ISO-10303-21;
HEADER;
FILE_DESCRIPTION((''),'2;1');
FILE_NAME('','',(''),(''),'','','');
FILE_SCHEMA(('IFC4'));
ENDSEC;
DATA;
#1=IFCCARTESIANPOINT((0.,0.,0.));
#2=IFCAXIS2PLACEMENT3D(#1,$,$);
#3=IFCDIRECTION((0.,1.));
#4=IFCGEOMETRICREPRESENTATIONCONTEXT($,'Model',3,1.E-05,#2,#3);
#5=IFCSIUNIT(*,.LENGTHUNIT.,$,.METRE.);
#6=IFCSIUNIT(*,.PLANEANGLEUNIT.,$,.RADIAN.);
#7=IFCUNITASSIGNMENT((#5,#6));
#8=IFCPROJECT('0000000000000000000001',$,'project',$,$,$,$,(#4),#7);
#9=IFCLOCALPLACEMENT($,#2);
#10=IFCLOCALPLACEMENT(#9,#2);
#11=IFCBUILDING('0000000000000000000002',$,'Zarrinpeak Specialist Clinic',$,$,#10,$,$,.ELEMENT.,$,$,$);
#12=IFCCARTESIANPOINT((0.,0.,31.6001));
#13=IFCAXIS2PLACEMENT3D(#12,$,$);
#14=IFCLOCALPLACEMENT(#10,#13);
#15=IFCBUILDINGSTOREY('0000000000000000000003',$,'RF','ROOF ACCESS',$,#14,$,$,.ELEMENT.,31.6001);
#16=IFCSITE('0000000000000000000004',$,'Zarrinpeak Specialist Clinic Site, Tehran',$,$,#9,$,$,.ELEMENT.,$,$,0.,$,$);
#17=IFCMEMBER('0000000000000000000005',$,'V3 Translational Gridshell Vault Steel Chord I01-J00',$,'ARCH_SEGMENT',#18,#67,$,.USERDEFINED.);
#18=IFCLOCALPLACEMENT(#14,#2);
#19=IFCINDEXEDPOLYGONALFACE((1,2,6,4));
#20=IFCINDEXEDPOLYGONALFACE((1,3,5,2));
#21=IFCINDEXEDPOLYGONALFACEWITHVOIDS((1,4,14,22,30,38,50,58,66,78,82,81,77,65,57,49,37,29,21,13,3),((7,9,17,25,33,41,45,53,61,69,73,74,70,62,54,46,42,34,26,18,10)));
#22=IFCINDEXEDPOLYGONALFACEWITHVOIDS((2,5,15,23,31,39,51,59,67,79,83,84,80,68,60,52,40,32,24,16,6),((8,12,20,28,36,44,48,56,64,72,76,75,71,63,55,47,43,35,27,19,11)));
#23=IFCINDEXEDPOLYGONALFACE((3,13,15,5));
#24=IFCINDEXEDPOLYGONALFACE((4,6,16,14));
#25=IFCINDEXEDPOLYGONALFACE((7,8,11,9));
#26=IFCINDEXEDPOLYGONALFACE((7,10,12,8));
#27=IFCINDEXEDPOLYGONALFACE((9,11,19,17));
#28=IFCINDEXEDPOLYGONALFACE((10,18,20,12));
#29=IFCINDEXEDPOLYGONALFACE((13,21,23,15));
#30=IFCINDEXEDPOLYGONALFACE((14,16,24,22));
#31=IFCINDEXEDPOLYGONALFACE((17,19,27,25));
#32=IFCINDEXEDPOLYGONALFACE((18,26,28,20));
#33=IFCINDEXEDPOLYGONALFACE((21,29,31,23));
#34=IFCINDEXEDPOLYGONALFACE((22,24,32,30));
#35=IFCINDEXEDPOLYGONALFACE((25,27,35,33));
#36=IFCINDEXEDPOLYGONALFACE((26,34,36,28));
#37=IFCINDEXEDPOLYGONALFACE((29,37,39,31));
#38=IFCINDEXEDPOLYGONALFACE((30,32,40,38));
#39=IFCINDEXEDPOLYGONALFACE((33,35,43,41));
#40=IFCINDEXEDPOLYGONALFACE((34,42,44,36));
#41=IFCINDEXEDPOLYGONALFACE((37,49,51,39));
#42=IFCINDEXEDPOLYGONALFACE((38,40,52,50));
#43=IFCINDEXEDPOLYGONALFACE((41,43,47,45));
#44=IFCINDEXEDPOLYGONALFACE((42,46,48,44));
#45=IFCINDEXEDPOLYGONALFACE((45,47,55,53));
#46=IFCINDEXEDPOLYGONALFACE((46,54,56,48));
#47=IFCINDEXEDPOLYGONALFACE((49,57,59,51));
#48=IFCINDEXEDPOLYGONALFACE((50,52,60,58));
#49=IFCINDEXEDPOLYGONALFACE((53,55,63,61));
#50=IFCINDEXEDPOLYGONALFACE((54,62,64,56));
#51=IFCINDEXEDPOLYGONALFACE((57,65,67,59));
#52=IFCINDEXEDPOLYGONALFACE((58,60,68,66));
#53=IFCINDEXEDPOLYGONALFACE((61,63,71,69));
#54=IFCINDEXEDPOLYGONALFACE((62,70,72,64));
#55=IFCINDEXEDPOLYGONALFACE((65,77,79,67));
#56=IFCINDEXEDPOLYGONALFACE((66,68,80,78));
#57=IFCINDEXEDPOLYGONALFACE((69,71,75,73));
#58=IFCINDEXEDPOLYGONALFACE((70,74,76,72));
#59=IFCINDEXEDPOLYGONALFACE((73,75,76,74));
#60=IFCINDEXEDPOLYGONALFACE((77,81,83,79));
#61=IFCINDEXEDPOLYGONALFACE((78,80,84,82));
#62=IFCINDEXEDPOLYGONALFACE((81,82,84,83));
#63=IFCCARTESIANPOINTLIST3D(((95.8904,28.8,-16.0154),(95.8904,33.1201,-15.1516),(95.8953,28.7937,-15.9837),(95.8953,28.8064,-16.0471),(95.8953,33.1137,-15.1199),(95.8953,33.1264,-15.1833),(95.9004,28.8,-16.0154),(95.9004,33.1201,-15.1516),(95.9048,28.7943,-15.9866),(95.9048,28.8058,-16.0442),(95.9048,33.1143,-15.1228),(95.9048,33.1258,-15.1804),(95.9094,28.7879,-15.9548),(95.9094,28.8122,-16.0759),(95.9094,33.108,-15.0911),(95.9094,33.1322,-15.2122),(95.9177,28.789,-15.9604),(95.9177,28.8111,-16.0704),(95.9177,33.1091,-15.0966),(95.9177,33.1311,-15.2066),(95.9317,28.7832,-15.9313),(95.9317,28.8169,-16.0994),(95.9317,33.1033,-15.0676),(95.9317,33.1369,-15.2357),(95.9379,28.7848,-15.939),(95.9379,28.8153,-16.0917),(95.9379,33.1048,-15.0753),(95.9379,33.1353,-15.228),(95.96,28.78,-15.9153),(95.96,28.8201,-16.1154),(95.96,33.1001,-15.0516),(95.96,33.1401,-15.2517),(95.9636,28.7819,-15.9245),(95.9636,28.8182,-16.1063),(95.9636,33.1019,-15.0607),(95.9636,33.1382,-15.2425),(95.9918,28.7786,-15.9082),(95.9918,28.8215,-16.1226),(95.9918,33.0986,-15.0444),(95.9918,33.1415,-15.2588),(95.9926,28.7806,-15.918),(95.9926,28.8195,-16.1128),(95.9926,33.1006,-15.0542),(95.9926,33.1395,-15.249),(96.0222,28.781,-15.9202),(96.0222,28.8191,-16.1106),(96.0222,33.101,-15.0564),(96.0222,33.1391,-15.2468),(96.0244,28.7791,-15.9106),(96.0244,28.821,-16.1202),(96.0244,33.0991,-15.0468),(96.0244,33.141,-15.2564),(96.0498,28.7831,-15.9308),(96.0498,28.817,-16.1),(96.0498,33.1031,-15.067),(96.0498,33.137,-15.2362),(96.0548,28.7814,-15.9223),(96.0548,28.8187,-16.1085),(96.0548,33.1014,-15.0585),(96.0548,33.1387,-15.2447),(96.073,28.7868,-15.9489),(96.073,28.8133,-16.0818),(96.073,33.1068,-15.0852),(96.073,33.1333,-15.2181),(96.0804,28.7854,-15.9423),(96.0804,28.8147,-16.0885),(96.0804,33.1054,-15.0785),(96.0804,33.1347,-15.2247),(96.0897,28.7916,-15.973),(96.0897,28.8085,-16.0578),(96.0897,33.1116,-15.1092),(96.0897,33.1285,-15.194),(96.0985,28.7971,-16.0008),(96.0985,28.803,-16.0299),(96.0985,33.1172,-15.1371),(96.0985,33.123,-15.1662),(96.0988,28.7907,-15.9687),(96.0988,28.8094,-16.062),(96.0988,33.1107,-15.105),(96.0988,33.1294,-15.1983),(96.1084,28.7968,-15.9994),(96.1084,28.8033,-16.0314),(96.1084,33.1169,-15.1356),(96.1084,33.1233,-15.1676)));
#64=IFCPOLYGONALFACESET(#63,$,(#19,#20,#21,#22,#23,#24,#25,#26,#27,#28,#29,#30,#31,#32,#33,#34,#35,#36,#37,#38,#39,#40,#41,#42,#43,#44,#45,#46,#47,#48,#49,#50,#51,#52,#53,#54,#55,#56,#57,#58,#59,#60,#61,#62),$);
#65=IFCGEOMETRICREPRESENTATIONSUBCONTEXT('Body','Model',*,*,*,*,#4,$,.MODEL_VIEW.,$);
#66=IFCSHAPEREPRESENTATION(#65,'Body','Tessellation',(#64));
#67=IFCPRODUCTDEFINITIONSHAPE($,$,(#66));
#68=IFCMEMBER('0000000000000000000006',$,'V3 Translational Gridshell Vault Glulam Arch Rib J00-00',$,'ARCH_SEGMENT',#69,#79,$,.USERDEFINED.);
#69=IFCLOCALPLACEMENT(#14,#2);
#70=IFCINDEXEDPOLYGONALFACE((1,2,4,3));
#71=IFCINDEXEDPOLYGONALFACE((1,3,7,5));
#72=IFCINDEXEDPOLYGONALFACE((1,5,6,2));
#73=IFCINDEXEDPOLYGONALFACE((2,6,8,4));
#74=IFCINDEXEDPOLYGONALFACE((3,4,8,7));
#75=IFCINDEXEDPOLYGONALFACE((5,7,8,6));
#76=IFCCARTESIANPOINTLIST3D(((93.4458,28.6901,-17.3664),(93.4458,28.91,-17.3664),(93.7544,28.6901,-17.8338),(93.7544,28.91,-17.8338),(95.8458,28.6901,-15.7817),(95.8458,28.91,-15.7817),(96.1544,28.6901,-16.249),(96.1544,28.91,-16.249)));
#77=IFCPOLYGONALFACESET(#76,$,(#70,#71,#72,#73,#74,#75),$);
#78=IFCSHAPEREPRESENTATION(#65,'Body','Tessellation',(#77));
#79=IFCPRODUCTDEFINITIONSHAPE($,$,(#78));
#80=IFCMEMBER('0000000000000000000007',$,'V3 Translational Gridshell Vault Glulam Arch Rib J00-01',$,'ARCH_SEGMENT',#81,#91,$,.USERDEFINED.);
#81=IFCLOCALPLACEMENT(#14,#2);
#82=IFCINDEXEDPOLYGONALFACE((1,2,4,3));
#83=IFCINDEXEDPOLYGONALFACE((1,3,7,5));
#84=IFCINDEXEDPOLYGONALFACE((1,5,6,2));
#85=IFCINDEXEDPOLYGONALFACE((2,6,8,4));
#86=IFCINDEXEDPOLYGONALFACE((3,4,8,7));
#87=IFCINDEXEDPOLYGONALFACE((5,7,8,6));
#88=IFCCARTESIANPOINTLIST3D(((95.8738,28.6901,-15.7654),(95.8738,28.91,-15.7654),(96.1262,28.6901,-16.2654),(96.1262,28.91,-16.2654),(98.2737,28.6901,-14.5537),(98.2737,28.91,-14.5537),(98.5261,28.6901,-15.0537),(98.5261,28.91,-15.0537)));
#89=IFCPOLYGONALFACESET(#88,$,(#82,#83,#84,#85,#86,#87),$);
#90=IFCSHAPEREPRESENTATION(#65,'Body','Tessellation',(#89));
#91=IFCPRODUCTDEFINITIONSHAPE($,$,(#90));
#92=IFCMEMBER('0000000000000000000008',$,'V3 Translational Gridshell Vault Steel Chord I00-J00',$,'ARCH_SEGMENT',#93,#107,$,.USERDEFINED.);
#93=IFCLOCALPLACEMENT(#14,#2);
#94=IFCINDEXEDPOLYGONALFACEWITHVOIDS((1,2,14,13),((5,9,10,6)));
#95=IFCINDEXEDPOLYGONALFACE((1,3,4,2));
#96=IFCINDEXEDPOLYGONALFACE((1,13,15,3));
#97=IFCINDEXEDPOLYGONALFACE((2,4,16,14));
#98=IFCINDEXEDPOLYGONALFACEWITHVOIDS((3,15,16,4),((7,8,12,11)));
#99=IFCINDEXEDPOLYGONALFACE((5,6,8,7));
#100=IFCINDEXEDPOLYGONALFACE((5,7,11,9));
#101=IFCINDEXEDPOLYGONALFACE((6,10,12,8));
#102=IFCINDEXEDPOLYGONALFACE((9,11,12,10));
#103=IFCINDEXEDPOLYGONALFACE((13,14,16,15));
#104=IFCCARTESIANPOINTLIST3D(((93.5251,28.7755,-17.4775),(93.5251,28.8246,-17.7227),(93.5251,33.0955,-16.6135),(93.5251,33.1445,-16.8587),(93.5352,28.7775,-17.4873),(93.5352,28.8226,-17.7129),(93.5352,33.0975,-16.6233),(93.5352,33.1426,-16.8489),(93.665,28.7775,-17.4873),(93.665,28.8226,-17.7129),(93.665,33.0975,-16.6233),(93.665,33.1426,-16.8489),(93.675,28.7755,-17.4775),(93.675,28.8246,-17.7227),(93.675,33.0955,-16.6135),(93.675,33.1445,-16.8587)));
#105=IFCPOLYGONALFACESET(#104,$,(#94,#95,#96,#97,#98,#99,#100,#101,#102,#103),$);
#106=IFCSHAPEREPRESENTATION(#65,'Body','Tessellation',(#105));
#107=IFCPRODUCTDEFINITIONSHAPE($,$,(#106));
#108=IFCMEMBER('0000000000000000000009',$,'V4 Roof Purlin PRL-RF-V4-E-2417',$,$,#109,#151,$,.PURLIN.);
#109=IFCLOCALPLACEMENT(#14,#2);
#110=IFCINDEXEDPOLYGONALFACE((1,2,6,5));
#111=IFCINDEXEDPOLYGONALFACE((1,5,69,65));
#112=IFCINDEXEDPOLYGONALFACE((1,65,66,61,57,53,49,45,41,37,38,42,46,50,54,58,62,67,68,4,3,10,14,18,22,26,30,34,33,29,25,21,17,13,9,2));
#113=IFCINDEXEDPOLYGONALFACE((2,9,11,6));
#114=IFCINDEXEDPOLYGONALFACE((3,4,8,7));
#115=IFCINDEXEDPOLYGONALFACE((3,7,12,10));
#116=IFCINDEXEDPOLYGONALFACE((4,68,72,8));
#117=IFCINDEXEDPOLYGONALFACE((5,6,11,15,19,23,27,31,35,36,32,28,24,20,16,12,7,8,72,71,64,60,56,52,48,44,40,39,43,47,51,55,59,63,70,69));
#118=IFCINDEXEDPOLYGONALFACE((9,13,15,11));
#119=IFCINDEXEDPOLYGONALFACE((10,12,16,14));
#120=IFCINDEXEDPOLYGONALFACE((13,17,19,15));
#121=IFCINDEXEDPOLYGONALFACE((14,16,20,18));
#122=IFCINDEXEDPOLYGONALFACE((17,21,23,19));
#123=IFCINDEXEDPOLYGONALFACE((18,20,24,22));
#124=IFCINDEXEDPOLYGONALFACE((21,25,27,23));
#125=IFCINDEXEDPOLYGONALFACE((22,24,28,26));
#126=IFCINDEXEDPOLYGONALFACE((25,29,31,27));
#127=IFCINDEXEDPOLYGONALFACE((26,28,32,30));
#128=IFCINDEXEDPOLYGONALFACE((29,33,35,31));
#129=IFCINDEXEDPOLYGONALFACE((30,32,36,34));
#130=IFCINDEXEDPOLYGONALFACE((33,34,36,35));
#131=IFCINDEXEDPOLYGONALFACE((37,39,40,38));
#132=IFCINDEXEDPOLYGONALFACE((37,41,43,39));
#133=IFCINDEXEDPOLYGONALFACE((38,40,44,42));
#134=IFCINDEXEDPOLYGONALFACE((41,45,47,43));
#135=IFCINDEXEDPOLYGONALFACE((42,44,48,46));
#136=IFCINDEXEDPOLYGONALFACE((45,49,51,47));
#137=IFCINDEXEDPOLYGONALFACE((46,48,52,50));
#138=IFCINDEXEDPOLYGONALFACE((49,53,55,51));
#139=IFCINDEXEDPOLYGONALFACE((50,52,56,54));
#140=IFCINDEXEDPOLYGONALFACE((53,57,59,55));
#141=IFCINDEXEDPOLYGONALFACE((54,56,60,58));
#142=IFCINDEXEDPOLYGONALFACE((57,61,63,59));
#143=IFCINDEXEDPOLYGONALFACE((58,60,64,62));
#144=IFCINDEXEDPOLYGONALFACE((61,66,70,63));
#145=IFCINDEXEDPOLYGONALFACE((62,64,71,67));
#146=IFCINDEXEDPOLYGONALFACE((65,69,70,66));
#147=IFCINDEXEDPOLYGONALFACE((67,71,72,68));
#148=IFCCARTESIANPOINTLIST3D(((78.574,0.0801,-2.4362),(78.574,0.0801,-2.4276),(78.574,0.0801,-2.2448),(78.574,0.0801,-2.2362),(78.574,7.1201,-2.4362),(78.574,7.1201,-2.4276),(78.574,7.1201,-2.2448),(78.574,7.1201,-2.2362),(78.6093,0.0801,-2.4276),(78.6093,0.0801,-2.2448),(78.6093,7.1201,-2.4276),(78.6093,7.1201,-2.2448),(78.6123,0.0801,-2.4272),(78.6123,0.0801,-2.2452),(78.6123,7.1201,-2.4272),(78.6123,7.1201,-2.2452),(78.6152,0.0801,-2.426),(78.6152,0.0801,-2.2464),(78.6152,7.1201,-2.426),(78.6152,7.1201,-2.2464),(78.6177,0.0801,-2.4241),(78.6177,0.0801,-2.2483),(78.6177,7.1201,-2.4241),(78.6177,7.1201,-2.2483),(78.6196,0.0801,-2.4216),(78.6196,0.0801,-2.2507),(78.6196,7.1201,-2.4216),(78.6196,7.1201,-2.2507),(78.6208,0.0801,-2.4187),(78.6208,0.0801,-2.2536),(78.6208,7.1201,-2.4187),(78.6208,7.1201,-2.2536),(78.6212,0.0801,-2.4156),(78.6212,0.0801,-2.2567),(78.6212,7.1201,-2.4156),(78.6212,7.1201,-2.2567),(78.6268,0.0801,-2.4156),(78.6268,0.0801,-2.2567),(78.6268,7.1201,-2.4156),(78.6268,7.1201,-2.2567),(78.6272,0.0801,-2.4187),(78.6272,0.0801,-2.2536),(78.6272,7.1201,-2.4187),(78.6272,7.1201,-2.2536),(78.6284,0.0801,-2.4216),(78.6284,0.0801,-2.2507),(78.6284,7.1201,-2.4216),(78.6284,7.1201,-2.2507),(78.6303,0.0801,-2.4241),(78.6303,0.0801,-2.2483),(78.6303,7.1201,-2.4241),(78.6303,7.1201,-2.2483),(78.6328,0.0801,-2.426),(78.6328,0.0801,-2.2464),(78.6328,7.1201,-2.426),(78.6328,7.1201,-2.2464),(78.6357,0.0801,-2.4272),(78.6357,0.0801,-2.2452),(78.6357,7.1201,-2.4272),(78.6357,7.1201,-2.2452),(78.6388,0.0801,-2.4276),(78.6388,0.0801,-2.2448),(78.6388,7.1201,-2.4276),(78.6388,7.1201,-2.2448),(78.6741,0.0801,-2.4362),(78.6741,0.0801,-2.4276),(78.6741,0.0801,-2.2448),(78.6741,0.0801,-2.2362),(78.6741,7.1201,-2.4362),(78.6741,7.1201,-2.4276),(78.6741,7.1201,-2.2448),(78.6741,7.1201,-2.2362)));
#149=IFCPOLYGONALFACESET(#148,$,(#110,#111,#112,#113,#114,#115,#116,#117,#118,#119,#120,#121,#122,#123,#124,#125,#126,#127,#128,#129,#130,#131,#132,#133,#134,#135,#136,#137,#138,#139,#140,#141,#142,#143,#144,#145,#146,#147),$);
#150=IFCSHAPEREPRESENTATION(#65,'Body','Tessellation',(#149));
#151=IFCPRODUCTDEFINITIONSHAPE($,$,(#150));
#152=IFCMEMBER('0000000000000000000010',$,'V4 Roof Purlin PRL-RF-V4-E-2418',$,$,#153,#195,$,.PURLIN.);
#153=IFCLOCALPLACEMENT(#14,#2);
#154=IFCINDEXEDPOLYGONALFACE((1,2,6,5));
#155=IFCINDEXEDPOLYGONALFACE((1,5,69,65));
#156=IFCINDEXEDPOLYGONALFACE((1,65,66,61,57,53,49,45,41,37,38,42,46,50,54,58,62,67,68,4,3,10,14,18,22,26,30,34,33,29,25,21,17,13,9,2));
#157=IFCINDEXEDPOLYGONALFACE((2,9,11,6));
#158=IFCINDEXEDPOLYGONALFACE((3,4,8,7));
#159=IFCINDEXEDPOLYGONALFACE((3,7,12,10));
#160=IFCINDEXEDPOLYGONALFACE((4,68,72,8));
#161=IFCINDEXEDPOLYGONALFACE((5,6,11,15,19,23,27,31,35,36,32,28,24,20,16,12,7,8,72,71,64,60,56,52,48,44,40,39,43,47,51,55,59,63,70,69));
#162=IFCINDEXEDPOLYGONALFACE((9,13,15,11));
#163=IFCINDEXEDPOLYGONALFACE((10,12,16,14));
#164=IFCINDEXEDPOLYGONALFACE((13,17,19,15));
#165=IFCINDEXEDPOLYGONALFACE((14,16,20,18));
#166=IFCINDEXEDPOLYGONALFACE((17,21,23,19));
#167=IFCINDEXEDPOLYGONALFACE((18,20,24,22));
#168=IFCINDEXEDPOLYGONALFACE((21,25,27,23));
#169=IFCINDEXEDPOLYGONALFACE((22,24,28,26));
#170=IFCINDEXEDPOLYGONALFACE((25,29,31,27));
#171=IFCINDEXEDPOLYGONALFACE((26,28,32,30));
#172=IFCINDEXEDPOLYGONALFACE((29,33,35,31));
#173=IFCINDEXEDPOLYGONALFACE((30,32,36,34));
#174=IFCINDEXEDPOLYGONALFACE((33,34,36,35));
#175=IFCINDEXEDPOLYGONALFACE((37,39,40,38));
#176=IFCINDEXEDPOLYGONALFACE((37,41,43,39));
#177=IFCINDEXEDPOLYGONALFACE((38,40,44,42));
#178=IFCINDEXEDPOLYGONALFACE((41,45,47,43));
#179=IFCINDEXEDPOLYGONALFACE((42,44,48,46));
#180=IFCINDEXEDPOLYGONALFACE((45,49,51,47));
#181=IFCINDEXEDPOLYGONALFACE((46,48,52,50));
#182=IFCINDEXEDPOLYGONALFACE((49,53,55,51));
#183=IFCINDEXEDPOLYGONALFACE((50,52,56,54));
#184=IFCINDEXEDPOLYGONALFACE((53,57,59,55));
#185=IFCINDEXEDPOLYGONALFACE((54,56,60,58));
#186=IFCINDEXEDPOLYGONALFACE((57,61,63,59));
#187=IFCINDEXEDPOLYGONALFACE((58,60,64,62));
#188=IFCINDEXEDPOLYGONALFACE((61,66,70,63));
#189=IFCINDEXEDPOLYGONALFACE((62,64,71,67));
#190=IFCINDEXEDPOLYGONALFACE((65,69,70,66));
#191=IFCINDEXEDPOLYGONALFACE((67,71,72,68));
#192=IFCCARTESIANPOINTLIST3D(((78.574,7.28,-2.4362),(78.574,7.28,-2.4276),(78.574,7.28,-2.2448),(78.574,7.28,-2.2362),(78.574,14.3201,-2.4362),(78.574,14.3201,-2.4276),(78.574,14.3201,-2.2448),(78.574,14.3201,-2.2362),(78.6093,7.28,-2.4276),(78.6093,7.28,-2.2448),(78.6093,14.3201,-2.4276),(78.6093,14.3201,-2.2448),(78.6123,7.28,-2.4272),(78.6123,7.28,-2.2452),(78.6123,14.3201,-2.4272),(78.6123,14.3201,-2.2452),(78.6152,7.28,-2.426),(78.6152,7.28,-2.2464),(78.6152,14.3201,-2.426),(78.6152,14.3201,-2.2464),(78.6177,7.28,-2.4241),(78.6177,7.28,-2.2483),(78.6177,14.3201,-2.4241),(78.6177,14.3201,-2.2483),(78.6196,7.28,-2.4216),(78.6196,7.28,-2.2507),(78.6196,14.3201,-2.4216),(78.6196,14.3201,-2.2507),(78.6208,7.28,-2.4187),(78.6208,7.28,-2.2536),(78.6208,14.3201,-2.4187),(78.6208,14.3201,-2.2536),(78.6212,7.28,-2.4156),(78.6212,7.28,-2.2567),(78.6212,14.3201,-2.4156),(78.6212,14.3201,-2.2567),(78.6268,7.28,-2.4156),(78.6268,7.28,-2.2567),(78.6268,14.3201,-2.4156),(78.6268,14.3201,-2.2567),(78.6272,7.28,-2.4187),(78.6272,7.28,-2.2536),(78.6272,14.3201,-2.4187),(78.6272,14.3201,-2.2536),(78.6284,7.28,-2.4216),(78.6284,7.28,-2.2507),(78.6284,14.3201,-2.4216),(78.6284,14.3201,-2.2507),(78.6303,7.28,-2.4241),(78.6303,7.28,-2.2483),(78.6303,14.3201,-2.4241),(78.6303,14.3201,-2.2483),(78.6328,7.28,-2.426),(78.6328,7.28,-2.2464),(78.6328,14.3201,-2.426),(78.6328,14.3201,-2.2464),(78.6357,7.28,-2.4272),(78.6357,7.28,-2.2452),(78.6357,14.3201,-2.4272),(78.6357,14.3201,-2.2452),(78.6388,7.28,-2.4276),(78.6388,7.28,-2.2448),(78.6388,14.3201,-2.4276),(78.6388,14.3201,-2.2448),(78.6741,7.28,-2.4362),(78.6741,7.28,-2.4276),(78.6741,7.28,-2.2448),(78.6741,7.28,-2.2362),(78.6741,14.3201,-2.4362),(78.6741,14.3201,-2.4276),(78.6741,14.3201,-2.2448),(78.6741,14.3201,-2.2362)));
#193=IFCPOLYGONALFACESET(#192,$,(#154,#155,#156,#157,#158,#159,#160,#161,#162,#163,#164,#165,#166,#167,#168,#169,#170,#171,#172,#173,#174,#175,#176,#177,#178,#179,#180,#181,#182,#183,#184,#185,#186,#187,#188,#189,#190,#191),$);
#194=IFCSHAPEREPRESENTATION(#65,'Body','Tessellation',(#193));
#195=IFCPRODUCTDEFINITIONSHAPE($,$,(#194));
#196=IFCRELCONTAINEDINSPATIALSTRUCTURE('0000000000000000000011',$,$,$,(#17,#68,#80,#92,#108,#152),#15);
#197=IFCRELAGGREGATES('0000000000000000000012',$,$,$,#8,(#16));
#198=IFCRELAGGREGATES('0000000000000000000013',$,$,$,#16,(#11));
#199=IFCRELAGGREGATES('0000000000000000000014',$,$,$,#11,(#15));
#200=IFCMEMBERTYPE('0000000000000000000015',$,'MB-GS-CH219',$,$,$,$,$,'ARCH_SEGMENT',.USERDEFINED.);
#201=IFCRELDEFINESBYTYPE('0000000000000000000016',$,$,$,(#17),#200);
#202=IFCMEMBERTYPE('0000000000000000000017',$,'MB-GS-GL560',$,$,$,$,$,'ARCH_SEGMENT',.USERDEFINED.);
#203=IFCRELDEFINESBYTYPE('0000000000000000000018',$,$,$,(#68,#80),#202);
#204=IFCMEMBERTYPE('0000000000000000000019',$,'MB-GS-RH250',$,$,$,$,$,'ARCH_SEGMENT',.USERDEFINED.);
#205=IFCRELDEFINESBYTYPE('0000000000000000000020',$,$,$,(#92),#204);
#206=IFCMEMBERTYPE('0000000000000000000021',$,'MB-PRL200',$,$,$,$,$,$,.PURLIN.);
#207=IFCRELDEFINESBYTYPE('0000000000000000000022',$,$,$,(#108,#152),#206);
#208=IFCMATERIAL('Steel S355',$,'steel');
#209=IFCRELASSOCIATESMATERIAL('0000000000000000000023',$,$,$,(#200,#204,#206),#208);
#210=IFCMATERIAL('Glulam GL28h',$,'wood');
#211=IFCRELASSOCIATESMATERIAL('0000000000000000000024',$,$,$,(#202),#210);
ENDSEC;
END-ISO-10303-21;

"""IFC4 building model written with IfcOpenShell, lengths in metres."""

from ifc_helpers import new_model, si_unit, direction, frame, origin, origin_2d, place, context, subcontext, project, spatial, rectangle, hollow_rectangle, hollow_circle, i_section, extrude, material, material_profile, profile_set, type_object, element, save


model = new_model("IFC4")

# Units and contexts
model_context = context("Model", 3, precision=1e-05, world=origin(), true_north=direction((0.0, 1.0)))
body_context = subcontext(model_context, "Body", "Model", "MODEL_VIEW")
ifc_project = project(units=[si_unit("LENGTHUNIT", "METRE"), si_unit("PLANEANGLEUNIT", "RADIAN")], contexts=[model_context])

# Site, building, storey
site_placement = place(None, origin())
site = spatial("IfcSite", under=ifc_project, at=site_placement, Name="Zarrinpeak Specialist Clinic Site, Tehran", CompositionType="ELEMENT", RefElevation=0.0)
building_placement = place(site_placement, origin())
building = spatial("IfcBuilding", under=site, at=building_placement, Name="Zarrinpeak Specialist Clinic", CompositionType="ELEMENT")
storey_placement = place(building_placement, frame((0.0, 0.0, 31.6001)))
storey = spatial("IfcBuildingStorey", under=building, at=storey_placement, Name="RF", Description="ROOF ACCESS", CompositionType="ELEMENT", Elevation=31.6001)

# Shared definitions
ifc_material_1 = material(Name="Steel S355", Category="steel")

# Members
ifc_material_profile_1 = material_profile(ifc_material_1, hollow_circle(Radius=0.1096, WallThickness=0.01, at=origin_2d()), Name="CHS 219.1x10.0")
ifc_profile_set_1 = profile_set([ifc_material_profile_1], Name="Steel S355")
member_type_1 = type_object("IfcMemberType", Name="MB-GS-CH219", ElementType="ARCH_SEGMENT", PredefinedType="USERDEFINED", material=ifc_profile_set_1)
member_1_placement = place(storey_placement, frame((96.0, 28.8, -16.0154), z_axis=(0.0, 0.980591, 0.196063), x_axis=(-1.0, 0.0, 0.0)))
element("IfcMember", 1, at=member_1_placement, inside=storey, type_object=member_type_1, Name="V3 Translational Gridshell Vault Steel Chord I01-J00", ObjectType="ARCH_SEGMENT", PredefinedType="USERDEFINED", context=body_context, shape_type="SweptSolid", body=[
    extrude(hollow_circle(Radius=0.1096, WallThickness=0.01, at=origin_2d()), origin(), (0.0, 0.0, 1.0), 4.4055),
])
ifc_material_2 = material(Name="Glulam GL28h", Category="wood")
ifc_material_profile_2 = material_profile(ifc_material_2, rectangle(XDim=0.22, YDim=0.5601, at=origin_2d()), Name="GL28h 220x560")
ifc_profile_set_2 = profile_set([ifc_material_profile_2], Name="Glulam GL28h")
member_type_2 = type_object("IfcMemberType", Name="MB-GS-GL560", ElementType="ARCH_SEGMENT", PredefinedType="USERDEFINED", material=ifc_profile_set_2)
member_2_placement = place(storey_placement, frame((93.6001, 28.8, -17.6001), z_axis=(0.834484, 0.0, 0.551031), x_axis=(0.0, 1.0, 0.0)))
element("IfcMember", 2, at=member_2_placement, inside=storey, type_object=member_type_2, Name="V3 Translational Gridshell Vault Glulam Arch Rib J00-00", ObjectType="ARCH_SEGMENT", PredefinedType="USERDEFINED", context=body_context, shape_type="SweptSolid", body=[
    extrude(rectangle(XDim=0.22, YDim=0.5601, at=origin_2d()), origin(), (0.0, 0.0, 1.0), 2.876),
])
member_3_placement = place(storey_placement, frame((96.0, 28.8, -16.0154), z_axis=(0.892677, 0.0, 0.450697), x_axis=(0.0, 1.0, 0.0)))
element("IfcMember", 3, at=member_3_placement, inside=storey, type_object=member_type_2, Name="V3 Translational Gridshell Vault Glulam Arch Rib J00-01", ObjectType="ARCH_SEGMENT", PredefinedType="USERDEFINED", context=body_context, shape_type="SweptSolid", body=[
    extrude(rectangle(XDim=0.22, YDim=0.5601, at=origin_2d()), origin(), (0.0, 0.0, 1.0), 2.6885),
])
ifc_material_profile_3 = material_profile(ifc_material_1, hollow_rectangle(XDim=0.1499, YDim=0.25, WallThickness=0.01, at=origin_2d()), Name="RHS 250x150x10.0")
ifc_profile_set_3 = profile_set([ifc_material_profile_3], Name="Steel S355")
member_type_3 = type_object("IfcMemberType", Name="MB-GS-RH250", ElementType="ARCH_SEGMENT", PredefinedType="USERDEFINED", material=ifc_profile_set_3)
member_4_placement = place(storey_placement, frame((93.6001, 28.8, -17.6001), z_axis=(0.0, 0.980581, 0.196116), x_axis=(-1.0, 0.0, 0.0)))
element("IfcMember", 4, at=member_4_placement, inside=storey, type_object=member_type_3, Name="V3 Translational Gridshell Vault Steel Chord I00-J00", ObjectType="ARCH_SEGMENT", PredefinedType="USERDEFINED", context=body_context, shape_type="SweptSolid", body=[
    extrude(hollow_rectangle(XDim=0.1499, YDim=0.25, WallThickness=0.01, at=origin_2d()), origin(), (0.0, 0.0, 1.0), 4.4055),
])
ifc_material_profile_4 = material_profile(ifc_material_1, i_section(OverallWidth=0.1001, OverallDepth=0.2, WebThickness=0.0056, FlangeThickness=0.0085, FilletRadius=0.012, at=origin_2d()), Name="IPE 200")
ifc_profile_set_4 = profile_set([ifc_material_profile_4], Name="Steel S355")
member_type_4 = type_object("IfcMemberType", Name="MB-PRL200", PredefinedType="PURLIN", material=ifc_profile_set_4)
for number, where, z_axis, x_axis, name in (
    (5, (78.624, 0.0801, -2.3362), (0.0, 1.0, 0.0), (-1.0, 0.0, 0.0), "V4 Roof Purlin PRL-RF-V4-E-2417"),
    (6, (78.624, 7.28, -2.3362), (0.0, 1.0, 0.0), (-1.0, 0.0, 0.0), "V4 Roof Purlin PRL-RF-V4-E-2418"),
):
    element("IfcMember", number, at=place(storey_placement, frame(where, z_axis=z_axis, x_axis=x_axis)), inside=storey, type_object=member_type_4, Name=name, PredefinedType="PURLIN", context=body_context, shape_type="SweptSolid", body=[
        extrude(i_section(OverallWidth=0.1001, OverallDepth=0.2, WebThickness=0.0056, FlangeThickness=0.0085, FilletRadius=0.012, at=origin_2d()), origin(), (0.0, 0.0, 1.0), 7.04),
    ])

save(model, "model.ifc")
